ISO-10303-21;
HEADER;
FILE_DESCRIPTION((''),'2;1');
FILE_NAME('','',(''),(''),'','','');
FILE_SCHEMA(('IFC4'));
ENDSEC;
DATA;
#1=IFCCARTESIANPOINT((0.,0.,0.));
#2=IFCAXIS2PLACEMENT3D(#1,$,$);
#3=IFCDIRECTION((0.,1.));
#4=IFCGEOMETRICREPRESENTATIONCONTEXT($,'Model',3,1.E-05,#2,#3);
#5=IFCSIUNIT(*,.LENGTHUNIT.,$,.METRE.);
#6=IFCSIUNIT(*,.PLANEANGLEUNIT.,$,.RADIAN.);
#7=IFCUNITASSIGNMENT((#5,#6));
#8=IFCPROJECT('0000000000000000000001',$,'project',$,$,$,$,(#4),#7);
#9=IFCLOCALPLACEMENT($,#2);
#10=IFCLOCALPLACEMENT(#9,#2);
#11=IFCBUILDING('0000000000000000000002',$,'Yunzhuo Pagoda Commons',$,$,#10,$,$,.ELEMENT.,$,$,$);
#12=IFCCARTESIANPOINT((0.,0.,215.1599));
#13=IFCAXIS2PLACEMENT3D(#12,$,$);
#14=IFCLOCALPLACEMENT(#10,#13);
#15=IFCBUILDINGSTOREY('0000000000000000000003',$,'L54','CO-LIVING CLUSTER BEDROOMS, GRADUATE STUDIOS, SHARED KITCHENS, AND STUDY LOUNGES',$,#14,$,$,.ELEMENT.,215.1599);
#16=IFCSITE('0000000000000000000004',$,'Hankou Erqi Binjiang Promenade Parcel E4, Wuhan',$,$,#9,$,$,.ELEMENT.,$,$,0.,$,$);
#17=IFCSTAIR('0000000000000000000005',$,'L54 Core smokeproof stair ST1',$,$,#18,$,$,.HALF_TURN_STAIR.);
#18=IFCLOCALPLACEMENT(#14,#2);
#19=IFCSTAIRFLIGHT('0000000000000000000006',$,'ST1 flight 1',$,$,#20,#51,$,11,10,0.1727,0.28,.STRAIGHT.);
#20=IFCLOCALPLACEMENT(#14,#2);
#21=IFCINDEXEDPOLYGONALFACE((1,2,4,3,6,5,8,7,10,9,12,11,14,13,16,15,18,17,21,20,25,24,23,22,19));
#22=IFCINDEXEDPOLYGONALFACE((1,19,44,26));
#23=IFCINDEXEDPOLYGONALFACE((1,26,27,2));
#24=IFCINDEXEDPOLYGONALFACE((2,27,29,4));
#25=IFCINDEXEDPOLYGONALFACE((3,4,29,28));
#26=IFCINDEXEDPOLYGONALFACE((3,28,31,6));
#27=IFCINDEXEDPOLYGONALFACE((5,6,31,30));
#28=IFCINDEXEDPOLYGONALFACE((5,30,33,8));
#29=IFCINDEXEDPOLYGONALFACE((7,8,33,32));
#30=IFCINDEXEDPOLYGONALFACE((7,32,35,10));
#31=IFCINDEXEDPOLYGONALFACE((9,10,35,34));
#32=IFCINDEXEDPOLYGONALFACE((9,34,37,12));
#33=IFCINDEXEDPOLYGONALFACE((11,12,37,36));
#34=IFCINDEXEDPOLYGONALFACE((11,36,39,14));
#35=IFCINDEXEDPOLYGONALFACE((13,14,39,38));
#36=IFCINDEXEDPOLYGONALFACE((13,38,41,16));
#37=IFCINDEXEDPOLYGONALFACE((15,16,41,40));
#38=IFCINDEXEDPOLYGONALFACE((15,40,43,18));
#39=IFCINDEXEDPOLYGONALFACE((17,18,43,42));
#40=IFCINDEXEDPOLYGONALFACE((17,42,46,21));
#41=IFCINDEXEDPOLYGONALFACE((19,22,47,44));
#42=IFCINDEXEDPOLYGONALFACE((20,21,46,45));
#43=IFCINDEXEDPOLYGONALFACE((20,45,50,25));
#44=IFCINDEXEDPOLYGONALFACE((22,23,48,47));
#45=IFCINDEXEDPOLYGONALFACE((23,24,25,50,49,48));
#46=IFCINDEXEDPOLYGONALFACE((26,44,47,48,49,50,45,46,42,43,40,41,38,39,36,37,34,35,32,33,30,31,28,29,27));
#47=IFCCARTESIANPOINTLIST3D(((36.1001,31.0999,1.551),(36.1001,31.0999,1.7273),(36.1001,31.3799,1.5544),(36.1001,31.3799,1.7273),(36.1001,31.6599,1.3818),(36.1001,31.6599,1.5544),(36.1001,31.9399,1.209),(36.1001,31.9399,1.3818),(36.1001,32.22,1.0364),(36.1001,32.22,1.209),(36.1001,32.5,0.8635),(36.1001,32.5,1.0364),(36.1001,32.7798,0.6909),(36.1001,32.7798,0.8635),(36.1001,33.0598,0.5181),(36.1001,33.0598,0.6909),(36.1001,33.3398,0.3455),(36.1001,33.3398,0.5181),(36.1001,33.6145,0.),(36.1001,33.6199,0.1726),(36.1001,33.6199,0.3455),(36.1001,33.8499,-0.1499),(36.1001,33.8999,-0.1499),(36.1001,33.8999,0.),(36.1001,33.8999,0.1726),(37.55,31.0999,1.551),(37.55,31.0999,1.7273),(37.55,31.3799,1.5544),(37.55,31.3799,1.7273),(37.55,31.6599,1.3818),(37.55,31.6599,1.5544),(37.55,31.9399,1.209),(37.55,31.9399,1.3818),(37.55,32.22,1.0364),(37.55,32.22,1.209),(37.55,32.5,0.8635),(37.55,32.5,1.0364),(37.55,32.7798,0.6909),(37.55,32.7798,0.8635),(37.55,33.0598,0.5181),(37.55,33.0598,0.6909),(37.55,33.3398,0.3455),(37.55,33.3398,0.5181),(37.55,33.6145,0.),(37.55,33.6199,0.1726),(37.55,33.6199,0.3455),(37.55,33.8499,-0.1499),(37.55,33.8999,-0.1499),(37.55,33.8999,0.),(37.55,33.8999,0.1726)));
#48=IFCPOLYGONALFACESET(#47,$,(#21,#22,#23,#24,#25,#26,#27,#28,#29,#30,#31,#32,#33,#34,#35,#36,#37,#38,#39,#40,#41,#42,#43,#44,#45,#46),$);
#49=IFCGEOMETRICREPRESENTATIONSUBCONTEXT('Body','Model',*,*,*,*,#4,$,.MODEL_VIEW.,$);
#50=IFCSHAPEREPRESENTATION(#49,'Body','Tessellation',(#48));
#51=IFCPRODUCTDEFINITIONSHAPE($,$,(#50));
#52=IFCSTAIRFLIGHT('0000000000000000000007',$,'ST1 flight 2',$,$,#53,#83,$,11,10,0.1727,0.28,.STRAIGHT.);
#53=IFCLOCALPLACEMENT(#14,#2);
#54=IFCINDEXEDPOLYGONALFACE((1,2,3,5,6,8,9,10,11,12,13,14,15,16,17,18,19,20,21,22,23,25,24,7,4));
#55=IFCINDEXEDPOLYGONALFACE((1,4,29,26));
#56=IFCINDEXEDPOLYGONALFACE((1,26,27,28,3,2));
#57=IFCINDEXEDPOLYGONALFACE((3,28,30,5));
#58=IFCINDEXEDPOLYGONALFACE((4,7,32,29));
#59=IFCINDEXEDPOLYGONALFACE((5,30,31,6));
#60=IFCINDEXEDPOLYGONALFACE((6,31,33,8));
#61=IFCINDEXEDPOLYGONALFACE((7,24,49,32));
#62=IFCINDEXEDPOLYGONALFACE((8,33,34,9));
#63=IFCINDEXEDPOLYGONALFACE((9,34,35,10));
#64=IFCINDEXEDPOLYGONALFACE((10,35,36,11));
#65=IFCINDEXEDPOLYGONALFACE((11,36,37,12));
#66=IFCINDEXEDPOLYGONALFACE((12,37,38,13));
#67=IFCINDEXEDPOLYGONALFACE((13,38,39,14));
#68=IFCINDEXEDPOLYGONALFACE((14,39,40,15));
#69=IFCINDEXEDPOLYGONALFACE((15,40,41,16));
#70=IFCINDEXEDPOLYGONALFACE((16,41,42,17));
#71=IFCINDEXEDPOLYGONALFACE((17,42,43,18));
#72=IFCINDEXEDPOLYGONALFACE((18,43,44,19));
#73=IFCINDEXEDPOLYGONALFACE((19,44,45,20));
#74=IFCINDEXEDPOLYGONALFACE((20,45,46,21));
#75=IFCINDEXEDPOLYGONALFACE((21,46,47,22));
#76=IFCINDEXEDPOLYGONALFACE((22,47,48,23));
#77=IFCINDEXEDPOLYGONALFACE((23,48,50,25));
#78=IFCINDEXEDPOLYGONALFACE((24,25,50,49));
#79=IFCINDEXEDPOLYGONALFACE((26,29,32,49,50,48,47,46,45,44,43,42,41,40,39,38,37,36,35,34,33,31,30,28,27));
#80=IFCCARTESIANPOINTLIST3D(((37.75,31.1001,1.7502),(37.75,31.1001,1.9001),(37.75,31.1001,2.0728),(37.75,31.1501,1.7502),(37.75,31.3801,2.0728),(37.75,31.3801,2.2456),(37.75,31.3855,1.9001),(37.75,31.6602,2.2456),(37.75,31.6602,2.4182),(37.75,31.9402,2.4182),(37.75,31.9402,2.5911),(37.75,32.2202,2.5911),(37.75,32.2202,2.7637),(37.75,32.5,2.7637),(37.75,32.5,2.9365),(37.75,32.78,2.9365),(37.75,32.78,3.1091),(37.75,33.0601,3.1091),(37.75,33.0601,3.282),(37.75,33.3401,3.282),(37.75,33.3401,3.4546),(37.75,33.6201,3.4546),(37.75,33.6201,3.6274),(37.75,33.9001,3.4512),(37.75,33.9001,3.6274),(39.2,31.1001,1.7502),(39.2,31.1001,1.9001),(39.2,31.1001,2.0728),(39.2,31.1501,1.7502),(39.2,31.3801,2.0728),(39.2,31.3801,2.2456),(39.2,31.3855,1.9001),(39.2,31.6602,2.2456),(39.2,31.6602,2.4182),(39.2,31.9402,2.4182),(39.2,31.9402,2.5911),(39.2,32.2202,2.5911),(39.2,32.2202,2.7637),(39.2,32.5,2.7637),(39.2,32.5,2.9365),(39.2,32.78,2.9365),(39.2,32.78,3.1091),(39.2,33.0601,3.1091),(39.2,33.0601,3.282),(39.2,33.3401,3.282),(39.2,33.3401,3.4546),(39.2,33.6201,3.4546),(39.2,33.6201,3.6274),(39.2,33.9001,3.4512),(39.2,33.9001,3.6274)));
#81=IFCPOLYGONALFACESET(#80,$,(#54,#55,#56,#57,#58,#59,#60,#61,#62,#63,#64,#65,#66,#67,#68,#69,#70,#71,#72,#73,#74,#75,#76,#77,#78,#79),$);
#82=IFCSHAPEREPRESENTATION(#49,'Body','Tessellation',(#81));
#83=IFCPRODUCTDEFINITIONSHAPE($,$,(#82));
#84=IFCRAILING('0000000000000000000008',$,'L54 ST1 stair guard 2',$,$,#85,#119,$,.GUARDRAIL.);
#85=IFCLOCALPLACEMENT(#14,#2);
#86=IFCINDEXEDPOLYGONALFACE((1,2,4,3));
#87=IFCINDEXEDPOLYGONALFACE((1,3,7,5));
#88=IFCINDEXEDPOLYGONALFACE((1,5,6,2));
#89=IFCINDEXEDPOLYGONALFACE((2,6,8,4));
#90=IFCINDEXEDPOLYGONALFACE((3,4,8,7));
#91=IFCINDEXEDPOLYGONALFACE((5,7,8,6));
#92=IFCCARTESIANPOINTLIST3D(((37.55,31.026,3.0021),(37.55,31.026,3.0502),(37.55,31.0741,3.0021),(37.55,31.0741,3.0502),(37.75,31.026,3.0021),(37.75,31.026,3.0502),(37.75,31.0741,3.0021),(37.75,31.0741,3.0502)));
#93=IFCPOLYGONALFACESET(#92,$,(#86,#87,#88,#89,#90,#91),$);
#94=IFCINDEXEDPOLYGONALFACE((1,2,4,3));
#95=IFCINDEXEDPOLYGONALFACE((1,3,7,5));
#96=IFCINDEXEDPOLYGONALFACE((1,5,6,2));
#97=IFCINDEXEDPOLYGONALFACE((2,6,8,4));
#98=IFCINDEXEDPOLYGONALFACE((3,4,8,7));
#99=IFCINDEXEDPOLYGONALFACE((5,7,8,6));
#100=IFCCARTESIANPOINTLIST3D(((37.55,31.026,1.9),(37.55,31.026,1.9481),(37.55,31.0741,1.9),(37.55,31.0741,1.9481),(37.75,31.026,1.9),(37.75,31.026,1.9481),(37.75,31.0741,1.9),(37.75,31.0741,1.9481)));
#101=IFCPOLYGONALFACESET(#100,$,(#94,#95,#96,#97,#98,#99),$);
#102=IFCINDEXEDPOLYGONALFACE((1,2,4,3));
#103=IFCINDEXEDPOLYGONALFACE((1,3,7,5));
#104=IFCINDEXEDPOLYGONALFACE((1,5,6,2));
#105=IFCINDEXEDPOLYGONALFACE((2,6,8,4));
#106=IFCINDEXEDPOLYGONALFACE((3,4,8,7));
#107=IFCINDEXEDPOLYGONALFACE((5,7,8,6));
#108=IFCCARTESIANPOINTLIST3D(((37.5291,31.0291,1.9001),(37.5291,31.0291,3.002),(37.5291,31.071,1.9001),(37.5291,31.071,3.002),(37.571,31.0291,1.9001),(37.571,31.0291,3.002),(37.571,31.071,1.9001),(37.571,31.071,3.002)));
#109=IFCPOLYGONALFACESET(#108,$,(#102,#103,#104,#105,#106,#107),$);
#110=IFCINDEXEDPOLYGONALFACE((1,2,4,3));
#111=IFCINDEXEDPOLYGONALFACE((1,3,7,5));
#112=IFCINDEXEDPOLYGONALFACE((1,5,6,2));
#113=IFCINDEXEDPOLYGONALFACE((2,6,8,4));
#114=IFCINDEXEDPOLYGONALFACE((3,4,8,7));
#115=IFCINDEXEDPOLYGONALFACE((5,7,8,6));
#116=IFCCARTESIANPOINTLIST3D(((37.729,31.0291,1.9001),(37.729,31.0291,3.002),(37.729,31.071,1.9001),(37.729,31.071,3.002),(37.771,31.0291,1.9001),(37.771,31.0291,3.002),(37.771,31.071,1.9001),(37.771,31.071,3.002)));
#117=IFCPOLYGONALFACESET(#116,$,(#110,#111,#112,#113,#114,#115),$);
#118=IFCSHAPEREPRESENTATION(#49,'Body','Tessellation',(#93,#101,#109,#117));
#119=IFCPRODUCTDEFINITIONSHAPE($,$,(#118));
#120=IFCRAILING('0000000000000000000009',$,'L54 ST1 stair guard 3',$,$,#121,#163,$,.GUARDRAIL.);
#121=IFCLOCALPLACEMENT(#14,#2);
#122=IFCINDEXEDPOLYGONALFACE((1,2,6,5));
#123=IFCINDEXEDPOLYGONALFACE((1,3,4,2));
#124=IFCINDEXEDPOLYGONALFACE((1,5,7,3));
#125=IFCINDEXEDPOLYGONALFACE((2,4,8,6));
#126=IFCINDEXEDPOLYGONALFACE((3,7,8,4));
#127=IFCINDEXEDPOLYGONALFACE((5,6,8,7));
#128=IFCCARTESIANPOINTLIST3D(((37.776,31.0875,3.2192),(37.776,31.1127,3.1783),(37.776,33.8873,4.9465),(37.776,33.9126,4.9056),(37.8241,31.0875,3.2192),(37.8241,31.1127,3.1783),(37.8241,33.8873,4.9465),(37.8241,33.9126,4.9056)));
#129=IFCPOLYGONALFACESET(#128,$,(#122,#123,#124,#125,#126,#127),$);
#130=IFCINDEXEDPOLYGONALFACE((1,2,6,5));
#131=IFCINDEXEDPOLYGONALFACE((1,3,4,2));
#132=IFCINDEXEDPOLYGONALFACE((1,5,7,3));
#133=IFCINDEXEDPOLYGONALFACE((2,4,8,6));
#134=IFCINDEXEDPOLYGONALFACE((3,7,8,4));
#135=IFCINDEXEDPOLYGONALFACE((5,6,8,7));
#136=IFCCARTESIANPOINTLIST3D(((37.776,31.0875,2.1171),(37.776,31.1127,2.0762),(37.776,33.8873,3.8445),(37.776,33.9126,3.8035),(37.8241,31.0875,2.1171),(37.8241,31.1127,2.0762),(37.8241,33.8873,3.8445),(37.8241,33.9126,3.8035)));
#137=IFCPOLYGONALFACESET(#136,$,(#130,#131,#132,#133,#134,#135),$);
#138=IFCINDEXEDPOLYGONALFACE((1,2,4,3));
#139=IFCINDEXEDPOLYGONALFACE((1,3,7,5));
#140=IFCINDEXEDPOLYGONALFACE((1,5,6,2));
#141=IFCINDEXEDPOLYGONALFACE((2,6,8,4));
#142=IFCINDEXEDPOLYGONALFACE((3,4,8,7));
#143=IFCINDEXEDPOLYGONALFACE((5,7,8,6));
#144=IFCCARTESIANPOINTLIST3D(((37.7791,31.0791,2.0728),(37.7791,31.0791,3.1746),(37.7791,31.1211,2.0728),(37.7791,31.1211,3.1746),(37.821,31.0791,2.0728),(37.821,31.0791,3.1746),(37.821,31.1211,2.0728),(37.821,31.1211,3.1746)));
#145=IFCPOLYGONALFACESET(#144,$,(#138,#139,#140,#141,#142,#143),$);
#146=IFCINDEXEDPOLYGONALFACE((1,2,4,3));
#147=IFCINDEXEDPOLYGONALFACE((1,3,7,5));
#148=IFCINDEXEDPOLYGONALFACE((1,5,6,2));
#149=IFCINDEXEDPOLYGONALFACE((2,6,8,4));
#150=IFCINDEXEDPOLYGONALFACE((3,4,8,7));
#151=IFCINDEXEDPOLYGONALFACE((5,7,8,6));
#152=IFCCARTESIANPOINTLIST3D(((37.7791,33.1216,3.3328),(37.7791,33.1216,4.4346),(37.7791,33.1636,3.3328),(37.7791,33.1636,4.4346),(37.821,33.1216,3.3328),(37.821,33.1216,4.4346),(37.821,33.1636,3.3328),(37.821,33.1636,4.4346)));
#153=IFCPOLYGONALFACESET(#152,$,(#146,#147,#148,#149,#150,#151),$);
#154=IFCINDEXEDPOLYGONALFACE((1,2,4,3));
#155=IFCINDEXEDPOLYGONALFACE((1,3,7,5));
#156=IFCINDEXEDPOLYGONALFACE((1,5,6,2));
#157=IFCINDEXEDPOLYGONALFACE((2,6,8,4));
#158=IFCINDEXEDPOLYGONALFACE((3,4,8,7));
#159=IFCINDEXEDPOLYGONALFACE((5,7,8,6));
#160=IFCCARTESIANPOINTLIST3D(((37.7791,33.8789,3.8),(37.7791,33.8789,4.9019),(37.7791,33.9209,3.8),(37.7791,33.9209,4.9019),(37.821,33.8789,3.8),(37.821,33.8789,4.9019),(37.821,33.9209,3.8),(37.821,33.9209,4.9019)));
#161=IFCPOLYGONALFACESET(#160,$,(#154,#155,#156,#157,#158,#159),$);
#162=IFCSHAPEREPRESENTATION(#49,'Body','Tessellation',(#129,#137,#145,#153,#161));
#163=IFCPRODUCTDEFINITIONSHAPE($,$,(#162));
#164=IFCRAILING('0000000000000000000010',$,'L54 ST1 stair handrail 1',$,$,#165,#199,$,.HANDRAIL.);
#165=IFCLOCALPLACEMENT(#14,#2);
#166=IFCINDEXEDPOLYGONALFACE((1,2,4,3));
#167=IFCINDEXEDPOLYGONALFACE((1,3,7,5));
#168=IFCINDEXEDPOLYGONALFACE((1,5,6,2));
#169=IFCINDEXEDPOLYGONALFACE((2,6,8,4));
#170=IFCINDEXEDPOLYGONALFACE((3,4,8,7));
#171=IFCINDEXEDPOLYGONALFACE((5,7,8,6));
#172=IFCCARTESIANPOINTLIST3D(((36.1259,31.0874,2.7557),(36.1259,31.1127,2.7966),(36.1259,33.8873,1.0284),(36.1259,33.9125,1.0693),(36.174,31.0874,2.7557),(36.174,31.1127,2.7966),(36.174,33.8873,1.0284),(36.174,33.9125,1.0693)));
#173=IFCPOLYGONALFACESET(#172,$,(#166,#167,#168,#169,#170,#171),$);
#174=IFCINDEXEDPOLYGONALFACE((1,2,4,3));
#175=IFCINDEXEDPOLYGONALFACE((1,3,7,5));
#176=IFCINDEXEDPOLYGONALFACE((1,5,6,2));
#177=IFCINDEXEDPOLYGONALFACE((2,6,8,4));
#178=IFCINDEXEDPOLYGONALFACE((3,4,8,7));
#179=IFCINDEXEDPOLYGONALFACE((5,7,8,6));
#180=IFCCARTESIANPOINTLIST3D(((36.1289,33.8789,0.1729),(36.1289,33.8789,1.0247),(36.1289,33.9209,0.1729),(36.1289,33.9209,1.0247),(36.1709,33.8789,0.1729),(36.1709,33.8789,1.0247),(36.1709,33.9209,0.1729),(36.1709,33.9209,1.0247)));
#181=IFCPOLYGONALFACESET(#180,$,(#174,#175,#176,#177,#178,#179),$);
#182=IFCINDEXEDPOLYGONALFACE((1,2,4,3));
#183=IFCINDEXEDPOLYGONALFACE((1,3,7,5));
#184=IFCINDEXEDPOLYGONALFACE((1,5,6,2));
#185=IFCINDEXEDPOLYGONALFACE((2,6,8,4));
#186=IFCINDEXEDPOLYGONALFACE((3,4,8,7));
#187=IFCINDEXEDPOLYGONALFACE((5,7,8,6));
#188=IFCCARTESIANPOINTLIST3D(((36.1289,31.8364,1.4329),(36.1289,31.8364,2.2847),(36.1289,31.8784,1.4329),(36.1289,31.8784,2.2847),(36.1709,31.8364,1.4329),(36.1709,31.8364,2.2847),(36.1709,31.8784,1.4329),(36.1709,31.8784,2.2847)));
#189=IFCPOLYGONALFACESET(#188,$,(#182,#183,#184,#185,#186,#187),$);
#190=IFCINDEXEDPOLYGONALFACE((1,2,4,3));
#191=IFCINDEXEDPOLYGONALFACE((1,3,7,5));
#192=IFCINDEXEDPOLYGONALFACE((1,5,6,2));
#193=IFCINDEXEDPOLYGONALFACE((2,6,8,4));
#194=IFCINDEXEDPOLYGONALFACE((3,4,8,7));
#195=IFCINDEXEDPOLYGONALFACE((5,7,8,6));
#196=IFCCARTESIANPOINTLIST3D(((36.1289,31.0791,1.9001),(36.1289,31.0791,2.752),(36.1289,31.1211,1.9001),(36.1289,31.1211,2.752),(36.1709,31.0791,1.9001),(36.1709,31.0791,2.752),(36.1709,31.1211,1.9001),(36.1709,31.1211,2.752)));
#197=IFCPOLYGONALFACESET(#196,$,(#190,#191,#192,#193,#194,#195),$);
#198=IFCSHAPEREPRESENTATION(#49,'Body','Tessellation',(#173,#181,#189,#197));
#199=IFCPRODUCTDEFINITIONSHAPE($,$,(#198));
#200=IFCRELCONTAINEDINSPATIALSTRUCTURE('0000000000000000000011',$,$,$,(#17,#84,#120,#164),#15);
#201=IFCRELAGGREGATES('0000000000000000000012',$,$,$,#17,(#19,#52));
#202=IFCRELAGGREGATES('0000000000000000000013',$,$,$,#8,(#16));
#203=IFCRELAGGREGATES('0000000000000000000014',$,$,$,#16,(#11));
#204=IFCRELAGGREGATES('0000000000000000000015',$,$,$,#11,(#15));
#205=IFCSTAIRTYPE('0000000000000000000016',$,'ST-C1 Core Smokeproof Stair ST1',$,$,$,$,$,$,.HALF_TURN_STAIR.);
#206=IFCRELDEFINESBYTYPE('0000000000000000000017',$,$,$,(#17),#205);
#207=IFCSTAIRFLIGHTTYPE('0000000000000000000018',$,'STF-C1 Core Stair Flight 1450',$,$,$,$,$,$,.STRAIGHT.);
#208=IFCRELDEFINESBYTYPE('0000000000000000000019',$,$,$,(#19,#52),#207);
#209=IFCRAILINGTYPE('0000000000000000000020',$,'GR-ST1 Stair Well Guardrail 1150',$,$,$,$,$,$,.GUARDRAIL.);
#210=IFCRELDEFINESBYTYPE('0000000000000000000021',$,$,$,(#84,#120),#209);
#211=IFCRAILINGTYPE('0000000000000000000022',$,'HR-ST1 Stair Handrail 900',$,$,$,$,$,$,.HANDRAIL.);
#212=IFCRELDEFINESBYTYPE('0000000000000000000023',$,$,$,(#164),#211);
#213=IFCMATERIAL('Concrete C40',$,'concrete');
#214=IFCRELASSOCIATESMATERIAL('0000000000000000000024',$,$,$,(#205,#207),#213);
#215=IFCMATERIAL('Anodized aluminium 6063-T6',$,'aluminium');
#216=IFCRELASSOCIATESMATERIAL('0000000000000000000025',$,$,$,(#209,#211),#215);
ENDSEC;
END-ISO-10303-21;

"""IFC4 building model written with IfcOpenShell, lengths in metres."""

from ifc_helpers import new_model, si_unit, direction, frame, origin, origin_2d, place, context, subcontext, project, spatial, polyline, rectangle, outline, extrude, source, transform, mapped, material, type_object, element, aggregate, save


model = new_model("IFC4")

# Units and contexts
model_context = context("Model", 3, precision=1e-05, world=origin(), true_north=direction((0.0, 1.0)))
body_context = subcontext(model_context, "Body", "Model", "MODEL_VIEW")
ifc_project = project(units=[si_unit("LENGTHUNIT", "METRE"), si_unit("PLANEANGLEUNIT", "RADIAN")], contexts=[model_context])

# Site, building, storey
site_placement = place(None, origin())
site = spatial("IfcSite", under=ifc_project, at=site_placement, Name="Hankou Erqi Binjiang Promenade Parcel E4, Wuhan", CompositionType="ELEMENT", RefElevation=0.0)
building_placement = place(site_placement, origin())
building = spatial("IfcBuilding", under=site, at=building_placement, Name="Yunzhuo Pagoda Commons", CompositionType="ELEMENT")
storey_placement = place(building_placement, frame((0.0, 0.0, 215.1599)))
storey = spatial("IfcBuildingStorey", under=building, at=storey_placement, Name="L54", Description="CO-LIVING CLUSTER BEDROOMS, GRADUATE STUDIOS, SHARED KITCHENS, AND STUDY LOUNGES", CompositionType="ELEMENT", Elevation=215.1599)

# Shared definitions
ifc_material_1 = material(Name="Concrete C40", Category="concrete")

# Stair, stair flights
stair_type = type_object("IfcStairType", Name="ST-C1 Core Smokeproof Stair ST1", PredefinedType="HALF_TURN_STAIR", material=ifc_material_1)
stair_placement = place(storey_placement, origin())
stair = element("IfcStair", 1, at=stair_placement, inside=storey, type_object=stair_type, Name="L54 Core smokeproof stair ST1", PredefinedType="HALF_TURN_STAIR")
stair_flight_type = type_object("IfcStairFlightType", Name="STF-C1 Core Stair Flight 1450", PredefinedType="STRAIGHT", material=ifc_material_1)
shared_shape_1 = source(origin(), body_context, "Body", "SweptSolid", [
    extrude(outline(polyline([(0.0, -0.1499), (0.0, 0.0), (0.0, 0.1726), (0.28, 0.1726), (0.28, 0.3455), (0.5601, 0.3455), (0.5601, 0.5181), (0.8401, 0.5181), (0.8401, 0.6909), (1.1201, 0.6909), (1.1201, 0.8635), (1.3999, 0.8635), (1.3999, 1.0364), (1.6799, 1.0364), (1.6799, 1.209), (1.96, 1.209), (1.96, 1.3818), (2.24, 1.3818), (2.24, 1.5544), (2.52, 1.5544), (2.52, 1.7273), (2.8, 1.7273), (2.8, 1.8999), (2.8, 1.551), (0.2854, 0.0), (0.05, -0.1499), (0.0, -0.1499)])), frame((0.0, 0.7251, 0.0), z_axis=(0.0, -1.0, 0.0), x_axis=(1.0, 0.0, 0.0)), (0.0, 0.0, 1.0), 1.45),
])
stair_flight_1_placement = place(storey_placement, frame((36.825, 33.8999, 0.0), z_axis=(0.0, 0.0, 1.0), x_axis=(0.0, -1.0, 0.0)))
stair_flight_1 = element("IfcStairFlight", 2, at=stair_flight_1_placement, type_object=stair_flight_type, Name="ST1 flight 1", NumberOfRisers=11, NumberOfTreads=10, PredefinedType="STRAIGHT", RiserHeight=0.1727, TreadLength=0.28, context=body_context, shape_type="MappedRepresentation", body=[
    mapped(shared_shape_1, transform((0.0, 0.0, 0.0), scale=1.0)),
])
stair_flight_2_placement = place(storey_placement, frame((38.4751, 31.1001, 1.9001), z_axis=(0.0, 0.0, 1.0), x_axis=(0.0, 1.0, 0.0)))
stair_flight_2 = element("IfcStairFlight", 3, at=stair_flight_2_placement, type_object=stair_flight_type, Name="ST1 flight 2", NumberOfRisers=11, NumberOfTreads=10, PredefinedType="STRAIGHT", RiserHeight=0.1727, TreadLength=0.28, context=body_context, shape_type="MappedRepresentation", body=[
    mapped(shared_shape_1, transform((0.0, 0.0, 0.0), scale=1.0)),
])
aggregate(stair, [stair_flight_1, stair_flight_2])

# Railings
ifc_material_2 = material(Name="Anodized aluminium 6063-T6", Category="aluminium")
railing_type_1 = type_object("IfcRailingType", Name="GR-ST1 Stair Well Guardrail 1150", PredefinedType="GUARDRAIL", material=ifc_material_2)
railing_1_placement = place(storey_placement, frame((37.55, 31.05, 1.9001)))
element("IfcRailing", 4, at=railing_1_placement, inside=storey, type_object=railing_type_1, Name="L54 ST1 stair guard 2", PredefinedType="GUARDRAIL", context=body_context, shape_type="SweptSolid", body=[
    extrude(rectangle(XDim=0.0481, YDim=0.0481, at=origin_2d()), frame((0.0, 0.0, 1.126), z_axis=(1.0, 0.0, 0.0), x_axis=(0.0, 1.0, 0.0)), (0.0, 0.0, 1.0), 0.2),
    extrude(rectangle(XDim=0.0481, YDim=0.0481, at=origin_2d()), frame((0.0, 0.0, 0.0239), z_axis=(1.0, 0.0, 0.0), x_axis=(0.0, 1.0, 0.0)), (0.0, 0.0, 1.0), 0.2),
    extrude(rectangle(XDim=0.042, YDim=0.042, at=origin_2d()), origin(), (0.0, 0.0, 1.0), 1.1018),
    extrude(rectangle(XDim=0.042, YDim=0.042, at=origin_2d()), frame((0.2, 0.0, 0.0)), (0.0, 0.0, 1.0), 1.1018),
])
railing_2_placement = place(storey_placement, frame((37.8, 31.1001, 2.0728)))
element("IfcRailing", 5, at=railing_2_placement, inside=storey, type_object=railing_type_1, Name="L54 ST1 stair guard 3", PredefinedType="GUARDRAIL", context=body_context, shape_type="SweptSolid", body=[
    extrude(rectangle(XDim=0.0481, YDim=0.0481, at=origin_2d()), frame((0.0, 0.0, 1.126), z_axis=(0.0, 0.851069, 0.525054), x_axis=(-1.0, 0.0, 0.0)), (0.0, 0.0, 1.0), 3.2898),
    extrude(rectangle(XDim=0.0481, YDim=0.0481, at=origin_2d()), frame((0.0, 0.0, 0.0239), z_axis=(0.0, 0.851069, 0.525054), x_axis=(-1.0, 0.0, 0.0)), (0.0, 0.0, 1.0), 3.2898),
    extrude(rectangle(XDim=0.042, YDim=0.042, at=origin_2d()), origin(), (0.0, 0.0, 1.0), 1.1018),
    extrude(rectangle(XDim=0.042, YDim=0.042, at=origin_2d()), frame((0.0, 2.0425, 1.26)), (0.0, 0.0, 1.0), 1.1018),
    extrude(rectangle(XDim=0.042, YDim=0.042, at=origin_2d()), frame((0.0, 2.7998, 1.7273)), (0.0, 0.0, 1.0), 1.1018),
])
railing_type_2 = type_object("IfcRailingType", Name="HR-ST1 Stair Handrail 900", PredefinedType="HANDRAIL", material=ifc_material_2)
railing_3_placement = place(storey_placement, frame((36.1499, 33.8999, 0.1729)))
element("IfcRailing", 6, at=railing_3_placement, inside=storey, type_object=railing_type_2, Name="L54 ST1 stair handrail 1", PredefinedType="HANDRAIL", context=body_context, shape_type="SweptSolid", body=[
    extrude(rectangle(XDim=0.0481, YDim=0.0481, at=origin_2d()), frame((0.0, 0.0, 0.876), z_axis=(0.0, -0.851069, 0.525054), x_axis=(1.0, 0.0, 0.0)), (0.0, 0.0, 1.0), 3.2898),
    extrude(rectangle(XDim=0.042, YDim=0.042, at=origin_2d()), origin(), (0.0, 0.0, 1.0), 0.8518),
    extrude(rectangle(XDim=0.042, YDim=0.042, at=origin_2d()), frame((0.0, -2.0425, 1.26)), (0.0, 0.0, 1.0), 0.8518),
    extrude(rectangle(XDim=0.042, YDim=0.042, at=origin_2d()), frame((0.0, -2.7998, 1.7273)), (0.0, 0.0, 1.0), 0.8518),
])

save(model, "model.ifc")
